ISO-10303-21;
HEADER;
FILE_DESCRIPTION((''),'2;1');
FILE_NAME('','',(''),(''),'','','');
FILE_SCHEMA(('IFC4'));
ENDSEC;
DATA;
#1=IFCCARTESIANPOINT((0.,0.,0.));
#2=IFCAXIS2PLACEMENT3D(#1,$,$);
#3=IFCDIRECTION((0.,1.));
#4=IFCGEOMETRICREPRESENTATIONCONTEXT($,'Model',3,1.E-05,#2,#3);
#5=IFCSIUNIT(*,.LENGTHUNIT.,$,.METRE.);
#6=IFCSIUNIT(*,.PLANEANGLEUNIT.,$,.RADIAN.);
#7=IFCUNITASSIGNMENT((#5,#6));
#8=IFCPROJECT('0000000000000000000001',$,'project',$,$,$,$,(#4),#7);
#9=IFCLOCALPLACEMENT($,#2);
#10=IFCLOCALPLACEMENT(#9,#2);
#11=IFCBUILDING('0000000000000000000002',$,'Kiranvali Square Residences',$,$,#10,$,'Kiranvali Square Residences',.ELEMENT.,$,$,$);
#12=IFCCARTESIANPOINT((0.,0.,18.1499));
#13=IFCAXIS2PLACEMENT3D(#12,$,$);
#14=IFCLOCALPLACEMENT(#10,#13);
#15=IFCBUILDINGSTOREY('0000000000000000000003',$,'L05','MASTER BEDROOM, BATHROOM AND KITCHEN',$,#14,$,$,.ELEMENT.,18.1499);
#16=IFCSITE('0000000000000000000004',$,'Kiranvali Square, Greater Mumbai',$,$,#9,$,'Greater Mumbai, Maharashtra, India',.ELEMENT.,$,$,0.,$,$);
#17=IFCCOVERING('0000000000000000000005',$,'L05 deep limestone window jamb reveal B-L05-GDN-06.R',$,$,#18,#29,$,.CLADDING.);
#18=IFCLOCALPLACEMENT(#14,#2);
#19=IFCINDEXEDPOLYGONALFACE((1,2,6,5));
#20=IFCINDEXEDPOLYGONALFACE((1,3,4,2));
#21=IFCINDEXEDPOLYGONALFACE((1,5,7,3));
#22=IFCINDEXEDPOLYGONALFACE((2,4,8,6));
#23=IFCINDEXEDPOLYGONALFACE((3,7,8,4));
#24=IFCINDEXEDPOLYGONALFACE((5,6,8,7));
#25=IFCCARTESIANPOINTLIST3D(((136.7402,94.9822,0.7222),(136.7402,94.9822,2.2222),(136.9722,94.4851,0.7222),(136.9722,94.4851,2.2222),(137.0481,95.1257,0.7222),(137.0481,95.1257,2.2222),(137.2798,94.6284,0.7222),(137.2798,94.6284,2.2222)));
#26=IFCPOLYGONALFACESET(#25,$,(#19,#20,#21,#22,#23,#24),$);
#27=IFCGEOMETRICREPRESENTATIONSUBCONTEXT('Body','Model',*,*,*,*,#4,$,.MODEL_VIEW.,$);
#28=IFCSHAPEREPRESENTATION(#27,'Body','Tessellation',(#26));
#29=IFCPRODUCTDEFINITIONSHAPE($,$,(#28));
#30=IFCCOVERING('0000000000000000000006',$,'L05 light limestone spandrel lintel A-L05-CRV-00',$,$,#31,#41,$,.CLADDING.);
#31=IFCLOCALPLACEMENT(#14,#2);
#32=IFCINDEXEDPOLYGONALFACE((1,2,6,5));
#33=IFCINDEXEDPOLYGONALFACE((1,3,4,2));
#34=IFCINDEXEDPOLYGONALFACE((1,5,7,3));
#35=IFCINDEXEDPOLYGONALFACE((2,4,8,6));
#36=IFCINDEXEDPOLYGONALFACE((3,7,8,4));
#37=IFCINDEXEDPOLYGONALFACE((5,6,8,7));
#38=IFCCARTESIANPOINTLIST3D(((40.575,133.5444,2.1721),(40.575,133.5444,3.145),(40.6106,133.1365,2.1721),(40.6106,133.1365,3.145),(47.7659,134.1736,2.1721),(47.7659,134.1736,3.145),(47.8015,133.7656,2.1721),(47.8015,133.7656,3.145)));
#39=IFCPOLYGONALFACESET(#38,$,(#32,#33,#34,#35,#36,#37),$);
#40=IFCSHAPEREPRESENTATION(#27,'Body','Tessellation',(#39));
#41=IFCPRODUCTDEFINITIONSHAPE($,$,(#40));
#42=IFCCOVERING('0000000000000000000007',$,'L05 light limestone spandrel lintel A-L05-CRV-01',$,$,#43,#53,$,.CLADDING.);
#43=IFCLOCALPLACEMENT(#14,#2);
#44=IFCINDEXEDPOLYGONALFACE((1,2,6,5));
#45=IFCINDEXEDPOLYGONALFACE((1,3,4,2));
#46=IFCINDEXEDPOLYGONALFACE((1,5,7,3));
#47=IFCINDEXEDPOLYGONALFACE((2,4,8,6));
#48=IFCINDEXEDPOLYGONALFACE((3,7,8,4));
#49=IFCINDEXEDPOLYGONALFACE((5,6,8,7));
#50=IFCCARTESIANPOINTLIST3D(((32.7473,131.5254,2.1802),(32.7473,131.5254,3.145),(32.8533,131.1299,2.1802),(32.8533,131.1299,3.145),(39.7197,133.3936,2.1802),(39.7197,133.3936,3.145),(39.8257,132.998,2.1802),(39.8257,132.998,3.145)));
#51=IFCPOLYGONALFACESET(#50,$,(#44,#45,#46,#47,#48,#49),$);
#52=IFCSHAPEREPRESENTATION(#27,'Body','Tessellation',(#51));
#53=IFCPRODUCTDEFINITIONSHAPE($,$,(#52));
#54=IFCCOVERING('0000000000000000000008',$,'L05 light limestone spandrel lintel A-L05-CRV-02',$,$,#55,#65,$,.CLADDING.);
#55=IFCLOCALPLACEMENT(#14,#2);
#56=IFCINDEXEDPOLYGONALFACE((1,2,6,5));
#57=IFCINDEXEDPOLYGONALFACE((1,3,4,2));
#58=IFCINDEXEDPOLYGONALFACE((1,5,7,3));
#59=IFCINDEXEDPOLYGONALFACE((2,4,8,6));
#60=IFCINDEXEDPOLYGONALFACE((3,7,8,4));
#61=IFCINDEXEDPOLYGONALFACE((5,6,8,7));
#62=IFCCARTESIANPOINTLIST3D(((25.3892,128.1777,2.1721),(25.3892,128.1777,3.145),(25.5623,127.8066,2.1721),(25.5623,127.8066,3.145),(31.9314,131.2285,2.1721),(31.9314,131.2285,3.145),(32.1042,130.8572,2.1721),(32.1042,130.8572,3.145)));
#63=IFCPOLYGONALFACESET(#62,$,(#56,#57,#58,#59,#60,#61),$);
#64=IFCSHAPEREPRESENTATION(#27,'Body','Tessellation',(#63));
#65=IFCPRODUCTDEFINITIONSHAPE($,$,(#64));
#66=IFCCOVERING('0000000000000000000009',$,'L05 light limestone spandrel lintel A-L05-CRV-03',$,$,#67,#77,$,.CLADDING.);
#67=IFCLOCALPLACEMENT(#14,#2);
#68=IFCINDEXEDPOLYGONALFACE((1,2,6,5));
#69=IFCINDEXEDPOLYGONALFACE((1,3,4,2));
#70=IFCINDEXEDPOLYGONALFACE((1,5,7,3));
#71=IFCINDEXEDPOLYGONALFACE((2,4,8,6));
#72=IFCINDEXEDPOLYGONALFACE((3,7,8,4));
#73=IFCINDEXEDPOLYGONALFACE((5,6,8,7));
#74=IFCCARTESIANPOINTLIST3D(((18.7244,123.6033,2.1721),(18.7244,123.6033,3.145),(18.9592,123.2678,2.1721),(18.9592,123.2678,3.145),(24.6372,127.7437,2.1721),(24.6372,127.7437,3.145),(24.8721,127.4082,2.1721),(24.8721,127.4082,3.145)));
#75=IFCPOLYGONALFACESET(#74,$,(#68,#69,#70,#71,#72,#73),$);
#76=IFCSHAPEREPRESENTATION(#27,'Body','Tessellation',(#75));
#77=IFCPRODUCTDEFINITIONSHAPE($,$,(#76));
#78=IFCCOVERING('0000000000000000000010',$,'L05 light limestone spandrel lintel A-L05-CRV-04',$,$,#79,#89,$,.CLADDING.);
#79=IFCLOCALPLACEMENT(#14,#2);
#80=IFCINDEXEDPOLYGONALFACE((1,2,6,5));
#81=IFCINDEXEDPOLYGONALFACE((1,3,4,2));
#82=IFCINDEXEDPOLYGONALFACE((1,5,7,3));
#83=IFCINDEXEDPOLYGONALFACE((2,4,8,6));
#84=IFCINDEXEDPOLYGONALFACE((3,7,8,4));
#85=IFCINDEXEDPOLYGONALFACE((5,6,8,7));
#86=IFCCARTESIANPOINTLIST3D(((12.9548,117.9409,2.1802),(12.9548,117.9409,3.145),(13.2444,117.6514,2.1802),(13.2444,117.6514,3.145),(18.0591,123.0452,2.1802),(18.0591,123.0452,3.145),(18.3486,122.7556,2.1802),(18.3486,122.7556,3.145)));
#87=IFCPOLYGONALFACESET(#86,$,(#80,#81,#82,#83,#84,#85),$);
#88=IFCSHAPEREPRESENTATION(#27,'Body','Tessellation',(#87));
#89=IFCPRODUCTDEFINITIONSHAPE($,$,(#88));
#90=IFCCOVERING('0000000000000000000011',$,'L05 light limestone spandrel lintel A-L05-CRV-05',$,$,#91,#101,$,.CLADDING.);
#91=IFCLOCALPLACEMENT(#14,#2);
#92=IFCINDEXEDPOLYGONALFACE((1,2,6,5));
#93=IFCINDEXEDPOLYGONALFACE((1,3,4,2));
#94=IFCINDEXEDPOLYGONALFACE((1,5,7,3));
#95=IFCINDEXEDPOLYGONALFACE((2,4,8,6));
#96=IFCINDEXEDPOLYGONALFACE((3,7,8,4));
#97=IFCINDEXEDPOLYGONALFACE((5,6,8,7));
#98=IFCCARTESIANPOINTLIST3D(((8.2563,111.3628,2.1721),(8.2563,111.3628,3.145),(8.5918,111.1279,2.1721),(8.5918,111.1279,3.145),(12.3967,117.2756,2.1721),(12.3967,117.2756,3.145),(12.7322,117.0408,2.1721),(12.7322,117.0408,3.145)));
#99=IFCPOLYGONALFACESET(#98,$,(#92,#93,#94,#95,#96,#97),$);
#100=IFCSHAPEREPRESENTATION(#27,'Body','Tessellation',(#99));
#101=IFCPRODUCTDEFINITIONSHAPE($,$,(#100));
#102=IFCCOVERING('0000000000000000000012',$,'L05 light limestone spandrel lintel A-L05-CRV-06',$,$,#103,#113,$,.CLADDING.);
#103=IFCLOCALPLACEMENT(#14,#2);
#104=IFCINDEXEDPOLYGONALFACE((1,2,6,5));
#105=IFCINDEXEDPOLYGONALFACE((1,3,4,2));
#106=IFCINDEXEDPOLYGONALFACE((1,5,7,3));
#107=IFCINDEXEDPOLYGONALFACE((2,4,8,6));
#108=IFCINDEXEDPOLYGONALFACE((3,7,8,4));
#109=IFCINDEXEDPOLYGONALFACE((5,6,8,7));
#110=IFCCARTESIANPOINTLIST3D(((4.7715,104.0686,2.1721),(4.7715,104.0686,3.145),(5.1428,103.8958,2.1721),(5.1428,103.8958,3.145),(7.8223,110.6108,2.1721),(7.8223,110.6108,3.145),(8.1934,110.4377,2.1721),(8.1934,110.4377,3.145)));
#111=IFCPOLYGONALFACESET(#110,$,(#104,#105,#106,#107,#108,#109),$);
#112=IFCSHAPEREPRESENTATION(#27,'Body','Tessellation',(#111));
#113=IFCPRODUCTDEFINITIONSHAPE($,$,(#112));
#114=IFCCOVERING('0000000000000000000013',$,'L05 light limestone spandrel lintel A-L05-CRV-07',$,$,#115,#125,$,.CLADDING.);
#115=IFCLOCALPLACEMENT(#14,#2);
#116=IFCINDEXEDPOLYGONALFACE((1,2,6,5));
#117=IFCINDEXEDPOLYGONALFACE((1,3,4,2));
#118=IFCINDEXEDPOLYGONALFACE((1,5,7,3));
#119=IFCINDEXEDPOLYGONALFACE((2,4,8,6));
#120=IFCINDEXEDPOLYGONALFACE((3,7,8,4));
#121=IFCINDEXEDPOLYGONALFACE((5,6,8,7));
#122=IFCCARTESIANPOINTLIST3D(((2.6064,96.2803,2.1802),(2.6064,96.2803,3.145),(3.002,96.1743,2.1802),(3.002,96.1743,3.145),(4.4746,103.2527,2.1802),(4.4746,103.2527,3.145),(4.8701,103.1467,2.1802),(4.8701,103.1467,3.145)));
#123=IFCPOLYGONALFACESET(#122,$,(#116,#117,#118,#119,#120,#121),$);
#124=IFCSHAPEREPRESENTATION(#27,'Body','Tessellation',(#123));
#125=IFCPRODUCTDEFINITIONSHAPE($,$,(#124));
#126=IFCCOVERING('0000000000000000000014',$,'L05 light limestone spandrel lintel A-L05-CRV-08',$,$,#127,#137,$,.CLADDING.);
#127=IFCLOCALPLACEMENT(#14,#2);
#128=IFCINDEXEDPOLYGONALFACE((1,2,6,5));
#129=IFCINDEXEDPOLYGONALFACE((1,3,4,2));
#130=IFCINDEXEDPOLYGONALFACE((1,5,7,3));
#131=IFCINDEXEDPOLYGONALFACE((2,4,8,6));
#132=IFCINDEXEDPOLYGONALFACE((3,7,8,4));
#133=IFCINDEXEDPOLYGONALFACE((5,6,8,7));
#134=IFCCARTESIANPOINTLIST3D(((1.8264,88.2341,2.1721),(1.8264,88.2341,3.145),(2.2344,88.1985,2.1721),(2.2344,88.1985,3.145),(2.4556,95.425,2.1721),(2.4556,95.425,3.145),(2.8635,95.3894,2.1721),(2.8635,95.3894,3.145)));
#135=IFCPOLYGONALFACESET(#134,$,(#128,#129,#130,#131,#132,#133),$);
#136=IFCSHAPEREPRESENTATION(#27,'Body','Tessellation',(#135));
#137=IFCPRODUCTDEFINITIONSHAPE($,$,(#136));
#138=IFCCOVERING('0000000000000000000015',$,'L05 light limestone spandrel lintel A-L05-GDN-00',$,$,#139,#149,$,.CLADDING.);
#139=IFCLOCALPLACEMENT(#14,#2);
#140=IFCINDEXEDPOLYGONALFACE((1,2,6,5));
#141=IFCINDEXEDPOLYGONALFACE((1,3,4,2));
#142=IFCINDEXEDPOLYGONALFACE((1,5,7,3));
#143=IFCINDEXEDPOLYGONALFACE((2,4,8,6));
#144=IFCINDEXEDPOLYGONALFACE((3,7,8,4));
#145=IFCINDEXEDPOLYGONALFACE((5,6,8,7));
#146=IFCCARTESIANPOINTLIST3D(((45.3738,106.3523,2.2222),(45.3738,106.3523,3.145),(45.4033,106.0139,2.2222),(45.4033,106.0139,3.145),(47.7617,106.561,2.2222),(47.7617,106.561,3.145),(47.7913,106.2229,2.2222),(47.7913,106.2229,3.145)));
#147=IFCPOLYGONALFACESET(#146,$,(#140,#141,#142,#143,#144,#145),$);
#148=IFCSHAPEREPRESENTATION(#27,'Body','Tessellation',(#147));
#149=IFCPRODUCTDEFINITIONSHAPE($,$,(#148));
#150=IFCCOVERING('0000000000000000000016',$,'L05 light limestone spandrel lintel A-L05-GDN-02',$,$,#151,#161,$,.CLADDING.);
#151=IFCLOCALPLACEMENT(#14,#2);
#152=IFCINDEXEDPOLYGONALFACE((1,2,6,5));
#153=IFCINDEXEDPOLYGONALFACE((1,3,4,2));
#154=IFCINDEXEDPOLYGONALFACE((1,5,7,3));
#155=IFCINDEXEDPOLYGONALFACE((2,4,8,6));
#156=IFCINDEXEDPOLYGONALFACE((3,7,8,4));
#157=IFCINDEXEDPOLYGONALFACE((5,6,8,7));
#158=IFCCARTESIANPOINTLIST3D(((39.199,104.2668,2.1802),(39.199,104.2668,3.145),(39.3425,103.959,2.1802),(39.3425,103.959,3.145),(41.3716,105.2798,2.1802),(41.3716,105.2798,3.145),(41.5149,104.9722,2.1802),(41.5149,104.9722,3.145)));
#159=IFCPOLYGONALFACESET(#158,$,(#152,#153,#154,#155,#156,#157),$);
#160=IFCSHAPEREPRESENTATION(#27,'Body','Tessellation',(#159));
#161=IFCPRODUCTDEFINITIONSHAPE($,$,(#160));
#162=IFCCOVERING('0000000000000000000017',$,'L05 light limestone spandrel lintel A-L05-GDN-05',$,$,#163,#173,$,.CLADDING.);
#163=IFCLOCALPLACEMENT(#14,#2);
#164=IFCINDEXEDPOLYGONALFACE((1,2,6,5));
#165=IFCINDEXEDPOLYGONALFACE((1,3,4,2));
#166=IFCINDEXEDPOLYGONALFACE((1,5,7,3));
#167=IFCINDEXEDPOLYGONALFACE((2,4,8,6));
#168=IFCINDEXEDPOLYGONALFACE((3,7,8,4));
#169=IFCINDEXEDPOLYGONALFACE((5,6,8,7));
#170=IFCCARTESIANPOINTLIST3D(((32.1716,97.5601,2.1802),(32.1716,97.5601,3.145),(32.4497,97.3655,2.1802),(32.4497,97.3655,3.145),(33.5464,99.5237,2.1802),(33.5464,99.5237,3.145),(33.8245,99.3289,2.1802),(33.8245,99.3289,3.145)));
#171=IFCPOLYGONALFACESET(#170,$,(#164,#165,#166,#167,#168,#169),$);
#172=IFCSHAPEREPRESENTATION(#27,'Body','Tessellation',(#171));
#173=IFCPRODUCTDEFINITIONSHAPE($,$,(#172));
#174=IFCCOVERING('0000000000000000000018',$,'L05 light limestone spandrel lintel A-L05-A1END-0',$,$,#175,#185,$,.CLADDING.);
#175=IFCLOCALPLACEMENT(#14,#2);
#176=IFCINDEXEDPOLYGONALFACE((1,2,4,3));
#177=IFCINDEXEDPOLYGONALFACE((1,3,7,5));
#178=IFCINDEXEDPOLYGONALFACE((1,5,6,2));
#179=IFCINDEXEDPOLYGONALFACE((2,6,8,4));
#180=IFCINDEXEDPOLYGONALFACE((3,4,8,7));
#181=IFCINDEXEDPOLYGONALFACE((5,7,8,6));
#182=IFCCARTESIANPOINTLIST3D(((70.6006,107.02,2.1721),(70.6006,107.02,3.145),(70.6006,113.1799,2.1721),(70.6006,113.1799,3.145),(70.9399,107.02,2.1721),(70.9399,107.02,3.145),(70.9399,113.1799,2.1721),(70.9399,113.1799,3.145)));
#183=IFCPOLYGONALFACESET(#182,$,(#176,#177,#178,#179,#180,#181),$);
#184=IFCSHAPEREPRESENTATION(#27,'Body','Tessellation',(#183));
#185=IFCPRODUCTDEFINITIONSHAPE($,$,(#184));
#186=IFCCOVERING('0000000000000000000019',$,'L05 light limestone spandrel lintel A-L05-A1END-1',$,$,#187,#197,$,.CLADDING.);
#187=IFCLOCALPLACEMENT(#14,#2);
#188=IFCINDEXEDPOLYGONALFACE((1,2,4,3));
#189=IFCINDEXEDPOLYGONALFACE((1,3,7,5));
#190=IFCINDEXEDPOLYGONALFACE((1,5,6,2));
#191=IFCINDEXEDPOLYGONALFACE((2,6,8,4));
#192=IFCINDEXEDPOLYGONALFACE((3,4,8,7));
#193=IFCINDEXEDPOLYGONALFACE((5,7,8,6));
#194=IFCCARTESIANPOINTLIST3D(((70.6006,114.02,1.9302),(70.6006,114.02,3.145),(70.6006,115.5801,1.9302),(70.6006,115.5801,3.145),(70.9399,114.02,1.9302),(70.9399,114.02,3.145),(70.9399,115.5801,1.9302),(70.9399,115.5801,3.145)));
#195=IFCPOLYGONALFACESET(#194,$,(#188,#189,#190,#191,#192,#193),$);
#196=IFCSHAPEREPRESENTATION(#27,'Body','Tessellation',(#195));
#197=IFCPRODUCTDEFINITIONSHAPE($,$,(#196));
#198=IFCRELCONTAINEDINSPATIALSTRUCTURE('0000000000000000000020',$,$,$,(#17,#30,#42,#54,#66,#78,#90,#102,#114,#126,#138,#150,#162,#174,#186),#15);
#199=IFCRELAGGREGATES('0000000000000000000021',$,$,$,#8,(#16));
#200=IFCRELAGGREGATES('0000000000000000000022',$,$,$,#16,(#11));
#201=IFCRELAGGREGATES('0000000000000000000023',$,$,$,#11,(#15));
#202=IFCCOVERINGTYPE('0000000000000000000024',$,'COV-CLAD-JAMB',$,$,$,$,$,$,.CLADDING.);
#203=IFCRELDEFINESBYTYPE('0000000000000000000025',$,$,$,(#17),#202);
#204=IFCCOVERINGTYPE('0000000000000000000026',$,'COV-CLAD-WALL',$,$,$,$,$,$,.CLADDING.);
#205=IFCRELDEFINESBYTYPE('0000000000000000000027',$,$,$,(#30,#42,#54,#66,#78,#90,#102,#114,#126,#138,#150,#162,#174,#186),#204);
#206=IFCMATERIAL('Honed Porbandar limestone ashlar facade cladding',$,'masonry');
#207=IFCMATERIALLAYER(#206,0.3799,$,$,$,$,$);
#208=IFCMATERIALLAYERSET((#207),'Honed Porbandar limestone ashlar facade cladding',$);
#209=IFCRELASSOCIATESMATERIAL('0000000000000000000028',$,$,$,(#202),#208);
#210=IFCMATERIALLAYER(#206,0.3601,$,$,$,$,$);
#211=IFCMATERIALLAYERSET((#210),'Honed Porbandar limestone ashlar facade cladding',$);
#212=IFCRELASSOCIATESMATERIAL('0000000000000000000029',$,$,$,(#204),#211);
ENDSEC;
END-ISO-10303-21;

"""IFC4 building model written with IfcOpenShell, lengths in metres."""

from ifc_helpers import new_model, si_unit, direction, frame, origin, place, context, subcontext, project, spatial, polyline, outline, extrude, material, layer, layer_set, type_object, element, save


model = new_model("IFC4")

# Units and contexts
model_context = context("Model", 3, precision=1e-05, world=origin(), true_north=direction((0.0, 1.0)))
body_context = subcontext(model_context, "Body", "Model", "MODEL_VIEW")
ifc_project = project(units=[si_unit("LENGTHUNIT", "METRE"), si_unit("PLANEANGLEUNIT", "RADIAN")], contexts=[model_context])

# Site, building, storey
site_placement = place(None, origin())
site = spatial("IfcSite", under=ifc_project, at=site_placement, Name="Kiranvali Square, Greater Mumbai", LongName="Greater Mumbai, Maharashtra, India", CompositionType="ELEMENT", RefElevation=0.0)
building_placement = place(site_placement, origin())
building = spatial("IfcBuilding", under=site, at=building_placement, Name="Kiranvali Square Residences", LongName="Kiranvali Square Residences", CompositionType="ELEMENT")
storey_placement = place(building_placement, frame((0.0, 0.0, 18.1499)))
storey = spatial("IfcBuildingStorey", under=building, at=storey_placement, Name="L05", Description="MASTER BEDROOM, BATHROOM AND KITCHEN", CompositionType="ELEMENT", Elevation=18.1499)

# Coverings
ifc_material = material(Name="Honed Porbandar limestone ashlar facade cladding", Category="masonry")
ifc_layer_1 = layer(ifc_material, 0.3799)
ifc_layer_set_1 = layer_set([ifc_layer_1], Name="Honed Porbandar limestone ashlar facade cladding")
covering_type_1 = type_object("IfcCoveringType", Name="COV-CLAD-JAMB", PredefinedType="CLADDING", material=ifc_layer_set_1)
covering_1_placement = place(storey_placement, frame((0.0, 0.0, 0.7222)))
element("IfcCovering", 1, at=covering_1_placement, inside=storey, type_object=covering_type_1, Name="L05 deep limestone window jamb reveal B-L05-GDN-06.R", PredefinedType="CLADDING", context=body_context, shape_type="SweptSolid", body=[
    extrude(outline(polyline([(136.7402, 94.9822), (136.9722, 94.4851), (137.2798, 94.6284), (137.0481, 95.1257), (136.7402, 94.9822)])), origin(), (0.0, 0.0, 1.0), 1.5),
])
ifc_layer_2 = layer(ifc_material, 0.3601)
ifc_layer_set_2 = layer_set([ifc_layer_2], Name="Honed Porbandar limestone ashlar facade cladding")
covering_type_2 = type_object("IfcCoveringType", Name="COV-CLAD-WALL", PredefinedType="CLADDING", material=ifc_layer_set_2)
covering_2_placement = place(storey_placement, frame((0.0, 0.0, 2.1721)))
element("IfcCovering", 2, at=covering_2_placement, inside=storey, type_object=covering_type_2, Name="L05 light limestone spandrel lintel A-L05-CRV-00", PredefinedType="CLADDING", context=body_context, shape_type="SweptSolid", body=[
    extrude(outline(polyline([(47.7659, 134.1736), (40.575, 133.5444), (40.6106, 133.1365), (47.8015, 133.7656), (47.7659, 134.1736)])), origin(), (0.0, 0.0, 1.0), 0.9729),
])
covering_3_placement = place(storey_placement, frame((0.0, 0.0, 2.1802)))
element("IfcCovering", 3, at=covering_3_placement, inside=storey, type_object=covering_type_2, Name="L05 light limestone spandrel lintel A-L05-CRV-01", PredefinedType="CLADDING", context=body_context, shape_type="SweptSolid", body=[
    extrude(outline(polyline([(39.7197, 133.3936), (32.7473, 131.5254), (32.8533, 131.1299), (39.8257, 132.998), (39.7197, 133.3936)])), origin(), (0.0, 0.0, 1.0), 0.9648),
])
covering_4_placement = place(storey_placement, frame((0.0, 0.0, 2.1721)))
element("IfcCovering", 4, at=covering_4_placement, inside=storey, type_object=covering_type_2, Name="L05 light limestone spandrel lintel A-L05-CRV-02", PredefinedType="CLADDING", context=body_context, shape_type="SweptSolid", body=[
    extrude(outline(polyline([(31.9314, 131.2285), (25.3892, 128.1777), (25.5623, 127.8066), (32.1042, 130.8572), (31.9314, 131.2285)])), origin(), (0.0, 0.0, 1.0), 0.9729),
])
covering_5_placement = place(storey_placement, frame((0.0, 0.0, 2.1721)))
element("IfcCovering", 5, at=covering_5_placement, inside=storey, type_object=covering_type_2, Name="L05 light limestone spandrel lintel A-L05-CRV-03", PredefinedType="CLADDING", context=body_context, shape_type="SweptSolid", body=[
    extrude(outline(polyline([(24.6372, 127.7437), (18.7244, 123.6033), (18.9592, 123.2678), (24.8721, 127.4082), (24.6372, 127.7437)])), origin(), (0.0, 0.0, 1.0), 0.9729),
])
covering_6_placement = place(storey_placement, frame((0.0, 0.0, 2.1802)))
element("IfcCovering", 6, at=covering_6_placement, inside=storey, type_object=covering_type_2, Name="L05 light limestone spandrel lintel A-L05-CRV-04", PredefinedType="CLADDING", context=body_context, shape_type="SweptSolid", body=[
    extrude(outline(polyline([(18.0591, 123.0452), (12.9548, 117.9409), (13.2444, 117.6514), (18.3486, 122.7556), (18.0591, 123.0452)])), origin(), (0.0, 0.0, 1.0), 0.9648),
])
covering_7_placement = place(storey_placement, frame((0.0, 0.0, 2.1721)))
element("IfcCovering", 7, at=covering_7_placement, inside=storey, type_object=covering_type_2, Name="L05 light limestone spandrel lintel A-L05-CRV-05", PredefinedType="CLADDING", context=body_context, shape_type="SweptSolid", body=[
    extrude(outline(polyline([(12.3967, 117.2756), (8.2563, 111.3628), (8.5918, 111.1279), (12.7322, 117.0408), (12.3967, 117.2756)])), origin(), (0.0, 0.0, 1.0), 0.9729),
])
covering_8_placement = place(storey_placement, frame((0.0, 0.0, 2.1721)))
element("IfcCovering", 8, at=covering_8_placement, inside=storey, type_object=covering_type_2, Name="L05 light limestone spandrel lintel A-L05-CRV-06", PredefinedType="CLADDING", context=body_context, shape_type="SweptSolid", body=[
    extrude(outline(polyline([(7.8223, 110.6108), (4.7715, 104.0686), (5.1428, 103.8958), (8.1934, 110.4377), (7.8223, 110.6108)])), origin(), (0.0, 0.0, 1.0), 0.9729),
])
covering_9_placement = place(storey_placement, frame((0.0, 0.0, 2.1802)))
element("IfcCovering", 9, at=covering_9_placement, inside=storey, type_object=covering_type_2, Name="L05 light limestone spandrel lintel A-L05-CRV-07", PredefinedType="CLADDING", context=body_context, shape_type="SweptSolid", body=[
    extrude(outline(polyline([(4.4746, 103.2527), (2.6064, 96.2803), (3.002, 96.1743), (4.8701, 103.1467), (4.4746, 103.2527)])), origin(), (0.0, 0.0, 1.0), 0.9648),
])
covering_10_placement = place(storey_placement, frame((0.0, 0.0, 2.1721)))
element("IfcCovering", 10, at=covering_10_placement, inside=storey, type_object=covering_type_2, Name="L05 light limestone spandrel lintel A-L05-CRV-08", PredefinedType="CLADDING", context=body_context, shape_type="SweptSolid", body=[
    extrude(outline(polyline([(2.4556, 95.425), (1.8264, 88.2341), (2.2344, 88.1985), (2.8635, 95.3894), (2.4556, 95.425)])), origin(), (0.0, 0.0, 1.0), 0.9729),
])
covering_11_placement = place(storey_placement, frame((0.0, 0.0, 2.2222)))
element("IfcCovering", 11, at=covering_11_placement, inside=storey, type_object=covering_type_2, Name="L05 light limestone spandrel lintel A-L05-GDN-00", PredefinedType="CLADDING", context=body_context, shape_type="SweptSolid", body=[
    extrude(outline(polyline([(47.7617, 106.561), (45.3738, 106.3523), (45.4033, 106.0139), (47.7913, 106.2229), (47.7617, 106.561)])), origin(), (0.0, 0.0, 1.0), 0.9229),
])
covering_12_placement = place(storey_placement, frame((0.0, 0.0, 2.1802)))
element("IfcCovering", 12, at=covering_12_placement, inside=storey, type_object=covering_type_2, Name="L05 light limestone spandrel lintel A-L05-GDN-02", PredefinedType="CLADDING", context=body_context, shape_type="SweptSolid", body=[
    extrude(outline(polyline([(41.3716, 105.2798), (39.199, 104.2668), (39.3425, 103.959), (41.5149, 104.9722), (41.3716, 105.2798)])), origin(), (0.0, 0.0, 1.0), 0.9648),
])
covering_13_placement = place(storey_placement, frame((0.0, 0.0, 2.1802)))
element("IfcCovering", 13, at=covering_13_placement, inside=storey, type_object=covering_type_2, Name="L05 light limestone spandrel lintel A-L05-GDN-05", PredefinedType="CLADDING", context=body_context, shape_type="SweptSolid", body=[
    extrude(outline(polyline([(33.5464, 99.5237), (32.1716, 97.5601), (32.4497, 97.3655), (33.8245, 99.3289), (33.5464, 99.5237)])), origin(), (0.0, 0.0, 1.0), 0.9648),
])
covering_14_placement = place(storey_placement, frame((0.0, 0.0, 2.1721)))
element("IfcCovering", 14, at=covering_14_placement, inside=storey, type_object=covering_type_2, Name="L05 light limestone spandrel lintel A-L05-A1END-0", PredefinedType="CLADDING", context=body_context, shape_type="SweptSolid", body=[
    extrude(outline(polyline([(70.9399, 107.02), (70.9399, 113.1799), (70.6006, 113.1799), (70.6006, 107.02), (70.9399, 107.02)])), origin(), (0.0, 0.0, 1.0), 0.9729),
])
covering_15_placement = place(storey_placement, frame((0.0, 0.0, 1.9302)))
element("IfcCovering", 15, at=covering_15_placement, inside=storey, type_object=covering_type_2, Name="L05 light limestone spandrel lintel A-L05-A1END-1", PredefinedType="CLADDING", context=body_context, shape_type="SweptSolid", body=[
    extrude(outline(polyline([(70.9399, 114.02), (70.9399, 115.5801), (70.6006, 115.5801), (70.6006, 114.02), (70.9399, 114.02)])), origin(), (0.0, 0.0, 1.0), 1.2148),
])

save(model, "model.ifc")
